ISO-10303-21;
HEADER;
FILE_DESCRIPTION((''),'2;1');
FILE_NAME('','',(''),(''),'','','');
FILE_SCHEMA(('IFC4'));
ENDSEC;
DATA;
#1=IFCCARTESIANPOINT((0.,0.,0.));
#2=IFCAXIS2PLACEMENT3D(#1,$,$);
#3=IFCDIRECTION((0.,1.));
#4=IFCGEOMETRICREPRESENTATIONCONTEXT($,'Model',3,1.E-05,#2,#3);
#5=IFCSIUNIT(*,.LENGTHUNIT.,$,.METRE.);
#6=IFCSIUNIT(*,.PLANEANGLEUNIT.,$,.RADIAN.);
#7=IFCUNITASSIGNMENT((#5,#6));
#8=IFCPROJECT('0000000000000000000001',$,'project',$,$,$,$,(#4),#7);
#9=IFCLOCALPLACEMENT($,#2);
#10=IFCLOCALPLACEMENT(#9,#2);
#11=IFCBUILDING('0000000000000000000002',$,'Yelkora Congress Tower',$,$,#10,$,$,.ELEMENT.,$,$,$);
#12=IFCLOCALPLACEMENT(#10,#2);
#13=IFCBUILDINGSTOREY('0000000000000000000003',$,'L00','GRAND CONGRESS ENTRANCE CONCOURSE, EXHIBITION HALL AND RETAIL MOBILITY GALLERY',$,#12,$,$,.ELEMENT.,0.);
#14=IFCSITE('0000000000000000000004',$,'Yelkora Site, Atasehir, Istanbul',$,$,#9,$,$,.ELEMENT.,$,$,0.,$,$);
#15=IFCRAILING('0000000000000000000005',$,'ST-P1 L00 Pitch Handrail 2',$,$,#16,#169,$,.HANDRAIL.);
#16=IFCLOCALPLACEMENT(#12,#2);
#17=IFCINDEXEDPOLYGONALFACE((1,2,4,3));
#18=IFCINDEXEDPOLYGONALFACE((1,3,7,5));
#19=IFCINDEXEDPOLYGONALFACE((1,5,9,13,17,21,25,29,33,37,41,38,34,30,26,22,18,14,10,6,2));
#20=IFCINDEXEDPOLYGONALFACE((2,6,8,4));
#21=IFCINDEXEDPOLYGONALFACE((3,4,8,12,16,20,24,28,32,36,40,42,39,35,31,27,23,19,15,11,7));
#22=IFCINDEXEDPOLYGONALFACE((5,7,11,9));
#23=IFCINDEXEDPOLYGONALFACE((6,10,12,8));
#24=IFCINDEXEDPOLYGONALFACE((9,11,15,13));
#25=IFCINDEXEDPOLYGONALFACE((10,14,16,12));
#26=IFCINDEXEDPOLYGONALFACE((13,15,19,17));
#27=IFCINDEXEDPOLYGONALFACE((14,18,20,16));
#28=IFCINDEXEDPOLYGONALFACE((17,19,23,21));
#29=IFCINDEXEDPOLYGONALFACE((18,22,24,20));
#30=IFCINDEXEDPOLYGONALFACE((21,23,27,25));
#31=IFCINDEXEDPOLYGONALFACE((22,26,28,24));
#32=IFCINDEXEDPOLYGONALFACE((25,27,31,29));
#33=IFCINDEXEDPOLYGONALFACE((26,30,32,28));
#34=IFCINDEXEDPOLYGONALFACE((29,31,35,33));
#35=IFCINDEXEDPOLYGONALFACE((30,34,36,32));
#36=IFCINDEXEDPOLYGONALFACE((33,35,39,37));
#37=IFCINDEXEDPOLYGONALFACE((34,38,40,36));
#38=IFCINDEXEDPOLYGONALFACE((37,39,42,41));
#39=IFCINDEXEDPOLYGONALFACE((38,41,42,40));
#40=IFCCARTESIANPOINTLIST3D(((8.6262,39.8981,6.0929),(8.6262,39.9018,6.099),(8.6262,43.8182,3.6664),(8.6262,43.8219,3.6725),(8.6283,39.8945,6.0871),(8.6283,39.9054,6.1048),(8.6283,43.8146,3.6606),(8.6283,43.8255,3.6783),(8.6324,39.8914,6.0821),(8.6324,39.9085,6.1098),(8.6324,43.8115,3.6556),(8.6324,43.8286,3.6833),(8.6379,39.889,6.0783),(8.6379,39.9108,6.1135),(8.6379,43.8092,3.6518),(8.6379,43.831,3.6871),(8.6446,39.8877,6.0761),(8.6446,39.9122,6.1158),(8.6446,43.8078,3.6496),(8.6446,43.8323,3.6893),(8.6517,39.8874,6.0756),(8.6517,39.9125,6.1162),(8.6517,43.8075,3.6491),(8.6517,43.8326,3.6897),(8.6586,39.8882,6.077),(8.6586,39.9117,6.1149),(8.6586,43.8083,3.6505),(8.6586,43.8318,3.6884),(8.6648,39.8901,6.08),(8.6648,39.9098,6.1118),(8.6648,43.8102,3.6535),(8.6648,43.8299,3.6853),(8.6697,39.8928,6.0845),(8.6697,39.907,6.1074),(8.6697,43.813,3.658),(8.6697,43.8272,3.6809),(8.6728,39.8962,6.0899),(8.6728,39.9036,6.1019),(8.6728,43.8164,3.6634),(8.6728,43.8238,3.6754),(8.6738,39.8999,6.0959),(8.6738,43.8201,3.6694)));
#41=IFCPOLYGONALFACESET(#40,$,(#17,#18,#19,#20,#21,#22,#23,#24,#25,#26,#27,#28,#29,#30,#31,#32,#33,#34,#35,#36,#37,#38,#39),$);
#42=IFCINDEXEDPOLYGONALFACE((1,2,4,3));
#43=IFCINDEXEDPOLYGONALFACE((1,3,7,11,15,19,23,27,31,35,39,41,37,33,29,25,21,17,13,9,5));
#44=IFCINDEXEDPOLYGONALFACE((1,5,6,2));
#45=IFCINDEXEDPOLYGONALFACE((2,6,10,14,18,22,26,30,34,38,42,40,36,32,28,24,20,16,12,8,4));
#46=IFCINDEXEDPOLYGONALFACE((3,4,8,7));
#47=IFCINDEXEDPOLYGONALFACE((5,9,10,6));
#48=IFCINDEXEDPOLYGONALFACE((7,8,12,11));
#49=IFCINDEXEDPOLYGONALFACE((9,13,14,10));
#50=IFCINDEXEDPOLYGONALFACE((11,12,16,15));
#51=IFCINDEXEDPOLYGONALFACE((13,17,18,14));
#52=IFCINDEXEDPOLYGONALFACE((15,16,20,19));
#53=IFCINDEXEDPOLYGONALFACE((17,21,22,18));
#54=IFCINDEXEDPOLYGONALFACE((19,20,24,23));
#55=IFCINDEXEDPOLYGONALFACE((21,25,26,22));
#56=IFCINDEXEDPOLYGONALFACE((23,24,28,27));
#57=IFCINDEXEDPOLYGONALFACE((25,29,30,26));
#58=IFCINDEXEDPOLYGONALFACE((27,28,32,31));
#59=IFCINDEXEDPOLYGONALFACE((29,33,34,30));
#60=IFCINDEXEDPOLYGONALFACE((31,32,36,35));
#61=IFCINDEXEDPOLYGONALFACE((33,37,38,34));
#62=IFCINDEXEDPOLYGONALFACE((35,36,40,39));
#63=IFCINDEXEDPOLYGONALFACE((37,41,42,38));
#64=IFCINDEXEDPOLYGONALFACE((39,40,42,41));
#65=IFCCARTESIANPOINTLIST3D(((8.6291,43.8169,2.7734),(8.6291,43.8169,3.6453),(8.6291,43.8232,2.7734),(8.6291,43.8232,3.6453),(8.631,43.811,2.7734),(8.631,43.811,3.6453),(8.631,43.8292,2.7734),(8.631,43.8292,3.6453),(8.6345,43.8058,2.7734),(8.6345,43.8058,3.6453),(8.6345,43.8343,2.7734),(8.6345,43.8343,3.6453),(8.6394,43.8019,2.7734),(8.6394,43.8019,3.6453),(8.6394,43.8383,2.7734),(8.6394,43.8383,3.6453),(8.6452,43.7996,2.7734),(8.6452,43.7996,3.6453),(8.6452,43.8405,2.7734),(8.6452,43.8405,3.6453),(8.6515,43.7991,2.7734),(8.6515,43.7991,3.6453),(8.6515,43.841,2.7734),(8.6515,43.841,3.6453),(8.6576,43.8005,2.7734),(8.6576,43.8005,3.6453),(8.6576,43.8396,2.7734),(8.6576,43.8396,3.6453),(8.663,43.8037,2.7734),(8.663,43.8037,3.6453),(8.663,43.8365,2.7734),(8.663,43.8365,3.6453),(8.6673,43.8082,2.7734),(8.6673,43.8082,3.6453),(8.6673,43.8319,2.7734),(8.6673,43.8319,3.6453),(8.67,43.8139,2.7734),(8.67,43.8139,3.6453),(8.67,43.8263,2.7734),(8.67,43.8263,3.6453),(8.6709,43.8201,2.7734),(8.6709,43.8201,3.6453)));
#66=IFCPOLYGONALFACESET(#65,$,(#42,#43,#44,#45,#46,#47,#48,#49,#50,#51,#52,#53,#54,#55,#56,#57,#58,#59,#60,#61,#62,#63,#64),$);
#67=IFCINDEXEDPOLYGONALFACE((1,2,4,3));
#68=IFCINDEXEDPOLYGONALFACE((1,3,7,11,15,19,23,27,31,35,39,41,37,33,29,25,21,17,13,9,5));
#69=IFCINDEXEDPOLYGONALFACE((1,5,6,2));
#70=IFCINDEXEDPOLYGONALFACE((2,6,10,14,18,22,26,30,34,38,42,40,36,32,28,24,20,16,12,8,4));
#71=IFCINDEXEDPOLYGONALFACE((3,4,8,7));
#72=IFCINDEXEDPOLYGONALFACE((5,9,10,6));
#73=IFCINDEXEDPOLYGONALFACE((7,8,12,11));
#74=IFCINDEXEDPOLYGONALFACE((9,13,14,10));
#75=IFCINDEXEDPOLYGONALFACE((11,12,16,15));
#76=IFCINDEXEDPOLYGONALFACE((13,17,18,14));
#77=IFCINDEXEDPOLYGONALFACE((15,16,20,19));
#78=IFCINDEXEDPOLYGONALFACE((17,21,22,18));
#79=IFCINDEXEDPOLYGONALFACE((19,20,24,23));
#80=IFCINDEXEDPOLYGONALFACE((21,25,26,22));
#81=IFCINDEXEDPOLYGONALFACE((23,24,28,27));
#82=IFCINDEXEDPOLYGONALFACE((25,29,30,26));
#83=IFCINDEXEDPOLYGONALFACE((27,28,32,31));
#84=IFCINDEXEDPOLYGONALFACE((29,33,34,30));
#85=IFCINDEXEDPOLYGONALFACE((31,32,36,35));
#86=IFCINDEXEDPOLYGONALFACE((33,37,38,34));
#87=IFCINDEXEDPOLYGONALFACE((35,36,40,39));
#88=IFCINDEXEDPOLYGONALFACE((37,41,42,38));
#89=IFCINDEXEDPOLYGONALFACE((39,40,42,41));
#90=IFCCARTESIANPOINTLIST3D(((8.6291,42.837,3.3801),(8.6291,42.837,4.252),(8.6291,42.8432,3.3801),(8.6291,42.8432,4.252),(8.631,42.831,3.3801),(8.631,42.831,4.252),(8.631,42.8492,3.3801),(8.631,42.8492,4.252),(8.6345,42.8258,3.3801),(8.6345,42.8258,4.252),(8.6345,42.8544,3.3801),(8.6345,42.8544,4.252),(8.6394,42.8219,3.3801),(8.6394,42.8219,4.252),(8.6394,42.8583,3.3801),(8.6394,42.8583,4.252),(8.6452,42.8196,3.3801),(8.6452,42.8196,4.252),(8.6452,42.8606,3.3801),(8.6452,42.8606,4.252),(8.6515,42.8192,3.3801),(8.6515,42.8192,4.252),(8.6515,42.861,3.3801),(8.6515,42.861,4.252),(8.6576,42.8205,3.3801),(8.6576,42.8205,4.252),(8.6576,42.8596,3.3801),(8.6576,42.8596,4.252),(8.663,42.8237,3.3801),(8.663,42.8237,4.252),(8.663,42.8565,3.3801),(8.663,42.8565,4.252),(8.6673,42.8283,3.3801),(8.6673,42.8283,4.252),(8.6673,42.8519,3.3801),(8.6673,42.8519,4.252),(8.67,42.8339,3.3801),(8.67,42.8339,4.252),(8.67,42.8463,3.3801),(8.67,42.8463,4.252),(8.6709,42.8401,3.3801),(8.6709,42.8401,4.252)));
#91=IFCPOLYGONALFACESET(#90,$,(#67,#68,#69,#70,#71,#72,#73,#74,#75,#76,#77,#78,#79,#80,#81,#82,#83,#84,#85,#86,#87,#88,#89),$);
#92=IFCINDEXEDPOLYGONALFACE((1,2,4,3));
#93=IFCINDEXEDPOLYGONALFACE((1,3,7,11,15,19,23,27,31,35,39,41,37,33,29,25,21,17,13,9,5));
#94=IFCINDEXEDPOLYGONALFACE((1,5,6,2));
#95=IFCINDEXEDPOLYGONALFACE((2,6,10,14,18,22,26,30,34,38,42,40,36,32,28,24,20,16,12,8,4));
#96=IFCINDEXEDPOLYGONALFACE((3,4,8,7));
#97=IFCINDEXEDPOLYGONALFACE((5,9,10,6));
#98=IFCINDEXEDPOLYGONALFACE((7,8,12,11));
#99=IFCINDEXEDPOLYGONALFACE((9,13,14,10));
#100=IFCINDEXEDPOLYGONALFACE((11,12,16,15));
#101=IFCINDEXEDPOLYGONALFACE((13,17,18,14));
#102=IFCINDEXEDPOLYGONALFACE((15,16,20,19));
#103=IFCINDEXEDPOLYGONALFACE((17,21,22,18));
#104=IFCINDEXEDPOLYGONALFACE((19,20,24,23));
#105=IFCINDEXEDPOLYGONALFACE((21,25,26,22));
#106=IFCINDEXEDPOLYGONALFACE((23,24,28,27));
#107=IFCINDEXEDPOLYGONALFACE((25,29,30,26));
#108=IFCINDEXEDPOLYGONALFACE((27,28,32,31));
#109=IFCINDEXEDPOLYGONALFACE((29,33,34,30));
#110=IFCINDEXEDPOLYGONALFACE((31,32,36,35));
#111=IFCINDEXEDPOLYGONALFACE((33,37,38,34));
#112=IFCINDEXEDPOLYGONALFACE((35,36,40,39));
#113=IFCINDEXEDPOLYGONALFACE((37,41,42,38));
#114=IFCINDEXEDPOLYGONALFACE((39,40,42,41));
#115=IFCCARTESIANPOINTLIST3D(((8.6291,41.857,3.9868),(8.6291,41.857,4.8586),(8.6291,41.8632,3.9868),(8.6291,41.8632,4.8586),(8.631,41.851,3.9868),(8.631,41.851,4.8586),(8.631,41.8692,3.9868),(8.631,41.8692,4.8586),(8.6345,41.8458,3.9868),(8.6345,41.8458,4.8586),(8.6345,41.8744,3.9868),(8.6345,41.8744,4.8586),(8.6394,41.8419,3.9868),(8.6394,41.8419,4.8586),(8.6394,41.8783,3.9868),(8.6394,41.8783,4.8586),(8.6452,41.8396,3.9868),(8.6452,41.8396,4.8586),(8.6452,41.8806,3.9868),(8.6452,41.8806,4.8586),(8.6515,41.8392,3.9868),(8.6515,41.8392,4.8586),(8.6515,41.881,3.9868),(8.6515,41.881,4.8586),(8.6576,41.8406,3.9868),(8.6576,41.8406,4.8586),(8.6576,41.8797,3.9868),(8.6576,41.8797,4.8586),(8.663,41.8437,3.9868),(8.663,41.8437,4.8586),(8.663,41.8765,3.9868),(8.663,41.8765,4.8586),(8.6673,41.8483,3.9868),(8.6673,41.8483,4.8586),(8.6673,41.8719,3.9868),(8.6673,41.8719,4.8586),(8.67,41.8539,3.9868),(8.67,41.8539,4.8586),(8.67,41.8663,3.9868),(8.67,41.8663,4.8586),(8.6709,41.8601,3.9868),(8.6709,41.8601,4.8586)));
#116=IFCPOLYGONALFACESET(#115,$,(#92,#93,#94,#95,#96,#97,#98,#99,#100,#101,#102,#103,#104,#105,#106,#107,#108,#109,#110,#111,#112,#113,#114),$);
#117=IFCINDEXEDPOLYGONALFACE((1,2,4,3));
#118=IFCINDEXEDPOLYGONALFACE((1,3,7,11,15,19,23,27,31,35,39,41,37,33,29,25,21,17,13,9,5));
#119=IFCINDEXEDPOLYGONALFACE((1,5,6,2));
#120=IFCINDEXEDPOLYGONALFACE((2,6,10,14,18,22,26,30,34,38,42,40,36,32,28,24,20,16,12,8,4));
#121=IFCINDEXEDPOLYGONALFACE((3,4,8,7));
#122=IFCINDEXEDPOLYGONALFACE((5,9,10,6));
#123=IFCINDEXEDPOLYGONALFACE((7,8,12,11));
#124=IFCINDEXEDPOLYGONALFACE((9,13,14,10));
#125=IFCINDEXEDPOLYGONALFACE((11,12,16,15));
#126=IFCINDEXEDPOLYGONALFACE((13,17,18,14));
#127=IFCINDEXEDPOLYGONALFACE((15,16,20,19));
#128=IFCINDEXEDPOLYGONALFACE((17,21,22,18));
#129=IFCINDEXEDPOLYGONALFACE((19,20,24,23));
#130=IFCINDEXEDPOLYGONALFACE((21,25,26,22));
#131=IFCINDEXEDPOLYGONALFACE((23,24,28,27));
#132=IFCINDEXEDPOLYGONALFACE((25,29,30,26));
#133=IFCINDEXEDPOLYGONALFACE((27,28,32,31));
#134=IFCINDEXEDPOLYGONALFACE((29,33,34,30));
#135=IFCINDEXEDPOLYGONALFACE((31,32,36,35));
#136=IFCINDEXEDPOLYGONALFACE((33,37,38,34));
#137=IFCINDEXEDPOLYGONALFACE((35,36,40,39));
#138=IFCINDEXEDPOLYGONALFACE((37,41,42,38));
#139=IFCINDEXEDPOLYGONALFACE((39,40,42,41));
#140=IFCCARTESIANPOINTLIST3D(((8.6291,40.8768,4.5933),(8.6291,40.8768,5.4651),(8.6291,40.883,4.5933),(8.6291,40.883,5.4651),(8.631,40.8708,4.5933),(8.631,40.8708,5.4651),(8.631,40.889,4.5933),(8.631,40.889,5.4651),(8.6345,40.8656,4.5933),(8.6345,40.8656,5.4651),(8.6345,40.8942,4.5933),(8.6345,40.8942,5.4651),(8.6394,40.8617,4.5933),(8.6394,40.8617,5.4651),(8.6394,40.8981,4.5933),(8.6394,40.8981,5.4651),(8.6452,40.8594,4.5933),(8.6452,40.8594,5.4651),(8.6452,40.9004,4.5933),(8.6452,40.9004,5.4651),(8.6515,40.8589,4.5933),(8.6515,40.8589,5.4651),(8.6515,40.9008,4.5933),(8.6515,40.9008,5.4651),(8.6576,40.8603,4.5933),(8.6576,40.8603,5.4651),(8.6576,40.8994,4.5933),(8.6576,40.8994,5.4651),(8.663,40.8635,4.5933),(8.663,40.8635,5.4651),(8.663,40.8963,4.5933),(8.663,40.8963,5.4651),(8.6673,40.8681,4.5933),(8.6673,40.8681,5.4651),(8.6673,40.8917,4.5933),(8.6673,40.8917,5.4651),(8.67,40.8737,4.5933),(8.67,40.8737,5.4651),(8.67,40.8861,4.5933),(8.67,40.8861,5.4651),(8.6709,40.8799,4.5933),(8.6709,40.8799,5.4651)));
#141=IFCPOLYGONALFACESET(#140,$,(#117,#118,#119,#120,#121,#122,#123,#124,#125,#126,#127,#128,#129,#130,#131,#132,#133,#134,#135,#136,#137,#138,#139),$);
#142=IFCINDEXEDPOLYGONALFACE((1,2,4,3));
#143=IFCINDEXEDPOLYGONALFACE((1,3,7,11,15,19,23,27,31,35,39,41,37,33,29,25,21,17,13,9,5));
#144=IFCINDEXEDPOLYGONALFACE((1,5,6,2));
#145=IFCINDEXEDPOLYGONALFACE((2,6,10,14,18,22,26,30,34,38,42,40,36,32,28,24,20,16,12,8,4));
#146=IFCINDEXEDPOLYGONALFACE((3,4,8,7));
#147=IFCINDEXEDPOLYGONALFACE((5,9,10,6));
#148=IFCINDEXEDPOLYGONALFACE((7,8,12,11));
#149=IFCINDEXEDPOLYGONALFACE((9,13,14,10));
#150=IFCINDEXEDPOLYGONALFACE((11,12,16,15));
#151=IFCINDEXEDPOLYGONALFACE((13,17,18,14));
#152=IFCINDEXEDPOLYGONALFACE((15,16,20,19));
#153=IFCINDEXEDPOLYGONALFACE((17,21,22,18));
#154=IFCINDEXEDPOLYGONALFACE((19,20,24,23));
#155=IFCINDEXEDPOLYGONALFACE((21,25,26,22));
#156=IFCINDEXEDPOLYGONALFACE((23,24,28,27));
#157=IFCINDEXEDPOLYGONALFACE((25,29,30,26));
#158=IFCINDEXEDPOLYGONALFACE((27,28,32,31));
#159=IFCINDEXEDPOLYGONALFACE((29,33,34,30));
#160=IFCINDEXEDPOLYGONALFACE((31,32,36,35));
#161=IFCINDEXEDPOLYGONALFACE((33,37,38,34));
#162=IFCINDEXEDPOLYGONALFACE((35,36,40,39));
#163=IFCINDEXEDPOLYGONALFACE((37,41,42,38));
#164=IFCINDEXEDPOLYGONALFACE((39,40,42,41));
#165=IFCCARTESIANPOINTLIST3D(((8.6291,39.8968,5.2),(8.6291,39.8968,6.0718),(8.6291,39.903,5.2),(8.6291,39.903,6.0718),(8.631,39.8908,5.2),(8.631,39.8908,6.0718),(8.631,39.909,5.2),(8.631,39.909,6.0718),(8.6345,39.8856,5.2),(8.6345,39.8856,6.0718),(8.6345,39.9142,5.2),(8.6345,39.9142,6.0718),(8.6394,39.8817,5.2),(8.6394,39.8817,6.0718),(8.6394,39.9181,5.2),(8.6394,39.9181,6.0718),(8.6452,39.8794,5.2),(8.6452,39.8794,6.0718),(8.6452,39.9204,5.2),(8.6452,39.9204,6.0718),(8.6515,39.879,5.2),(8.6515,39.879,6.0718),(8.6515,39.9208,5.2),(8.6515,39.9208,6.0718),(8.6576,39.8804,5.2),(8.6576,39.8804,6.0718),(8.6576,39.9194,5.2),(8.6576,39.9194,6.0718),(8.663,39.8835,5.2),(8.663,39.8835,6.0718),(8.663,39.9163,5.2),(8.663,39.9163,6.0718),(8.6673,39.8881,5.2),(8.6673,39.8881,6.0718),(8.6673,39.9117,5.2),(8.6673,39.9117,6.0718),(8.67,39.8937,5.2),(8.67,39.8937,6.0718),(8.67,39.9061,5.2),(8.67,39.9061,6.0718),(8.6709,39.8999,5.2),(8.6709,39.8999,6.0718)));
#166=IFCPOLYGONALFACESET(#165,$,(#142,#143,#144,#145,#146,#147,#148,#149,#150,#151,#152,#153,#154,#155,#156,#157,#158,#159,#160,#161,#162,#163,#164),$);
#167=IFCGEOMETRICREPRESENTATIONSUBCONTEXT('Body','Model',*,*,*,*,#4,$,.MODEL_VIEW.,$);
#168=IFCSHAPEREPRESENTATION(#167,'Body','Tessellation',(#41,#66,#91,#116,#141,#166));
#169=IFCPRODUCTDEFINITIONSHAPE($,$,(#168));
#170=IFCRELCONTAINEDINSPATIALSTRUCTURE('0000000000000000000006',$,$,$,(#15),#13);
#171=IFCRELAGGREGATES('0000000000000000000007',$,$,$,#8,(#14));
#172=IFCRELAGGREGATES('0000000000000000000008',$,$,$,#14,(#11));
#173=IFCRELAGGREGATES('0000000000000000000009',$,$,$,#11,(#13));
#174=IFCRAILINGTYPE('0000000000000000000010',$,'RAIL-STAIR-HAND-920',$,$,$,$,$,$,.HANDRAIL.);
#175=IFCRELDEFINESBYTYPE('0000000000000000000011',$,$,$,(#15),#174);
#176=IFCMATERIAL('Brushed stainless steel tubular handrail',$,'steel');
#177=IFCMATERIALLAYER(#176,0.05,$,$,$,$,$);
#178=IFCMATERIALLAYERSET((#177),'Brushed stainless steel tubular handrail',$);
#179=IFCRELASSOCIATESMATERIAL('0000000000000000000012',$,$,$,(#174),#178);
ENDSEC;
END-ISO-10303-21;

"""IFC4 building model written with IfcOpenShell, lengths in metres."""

from ifc_helpers import new_model, si_unit, direction, frame, origin, origin_2d, place, context, subcontext, project, spatial, circle, extrude, material, layer, layer_set, type_object, element, save


model = new_model("IFC4")

# Units and contexts
model_context = context("Model", 3, precision=1e-05, world=origin(), true_north=direction((0.0, 1.0)))
body_context = subcontext(model_context, "Body", "Model", "MODEL_VIEW")
ifc_project = project(units=[si_unit("LENGTHUNIT", "METRE"), si_unit("PLANEANGLEUNIT", "RADIAN")], contexts=[model_context])

# Site, building, storey
site_placement = place(None, origin())
site = spatial("IfcSite", under=ifc_project, at=site_placement, Name="Yelkora Site, Atasehir, Istanbul", CompositionType="ELEMENT", RefElevation=0.0)
building_placement = place(site_placement, origin())
building = spatial("IfcBuilding", under=site, at=building_placement, Name="Yelkora Congress Tower", CompositionType="ELEMENT")
storey_placement = place(building_placement, origin())
storey = spatial("IfcBuildingStorey", under=building, at=storey_placement, Name="L00", Description="GRAND CONGRESS ENTRANCE CONCOURSE, EXHIBITION HALL AND RETAIL MOBILITY GALLERY", CompositionType="ELEMENT", Elevation=0.0)

# Railing
ifc_material_1 = material(Name="Brushed stainless steel tubular handrail", Category="steel")
ifc_layer_1 = layer(ifc_material_1, 0.05)
ifc_layer_set_1 = layer_set([ifc_layer_1], Name="Brushed stainless steel tubular handrail")
railing_type_1 = type_object("IfcRailingType", Name="RAIL-STAIR-HAND-920", PredefinedType="HANDRAIL", material=ifc_layer_set_1)
railing_1_placement = place(storey_placement, frame((8.6499, 43.8201, 2.7734)))
element("IfcRailing", 1, at=railing_1_placement, inside=storey, type_object=railing_type_1, Name="ST-P1 L00 Pitch Handrail 2", PredefinedType="HANDRAIL", context=body_context, shape_type="SweptSolid", body=[
    extrude(circle(Radius=0.0239, at=origin_2d()), frame((0.0, 0.0, 0.896), z_axis=(0.0, -0.85029, 0.526315), x_axis=(1.0, 0.0, 0.0)), (0.0, 0.0, 1.0), 4.6104),
    extrude(circle(Radius=0.021, at=origin_2d()), origin(), (0.0, 0.0, 1.0), 0.8718),
    extrude(circle(Radius=0.021, at=origin_2d()), frame((0.0, -0.98, 0.6067)), (0.0, 0.0, 1.0), 0.8718),
    extrude(circle(Radius=0.021, at=origin_2d()), frame((0.0, -1.96, 1.2134)), (0.0, 0.0, 1.0), 0.8718),
    extrude(circle(Radius=0.021, at=origin_2d()), frame((0.0, -2.9402, 1.8198)), (0.0, 0.0, 1.0), 0.8718),
    extrude(circle(Radius=0.021, at=origin_2d()), frame((0.0, -3.9202, 2.4265)), (0.0, 0.0, 1.0), 0.8718),
])

save(model, "model.ifc")
